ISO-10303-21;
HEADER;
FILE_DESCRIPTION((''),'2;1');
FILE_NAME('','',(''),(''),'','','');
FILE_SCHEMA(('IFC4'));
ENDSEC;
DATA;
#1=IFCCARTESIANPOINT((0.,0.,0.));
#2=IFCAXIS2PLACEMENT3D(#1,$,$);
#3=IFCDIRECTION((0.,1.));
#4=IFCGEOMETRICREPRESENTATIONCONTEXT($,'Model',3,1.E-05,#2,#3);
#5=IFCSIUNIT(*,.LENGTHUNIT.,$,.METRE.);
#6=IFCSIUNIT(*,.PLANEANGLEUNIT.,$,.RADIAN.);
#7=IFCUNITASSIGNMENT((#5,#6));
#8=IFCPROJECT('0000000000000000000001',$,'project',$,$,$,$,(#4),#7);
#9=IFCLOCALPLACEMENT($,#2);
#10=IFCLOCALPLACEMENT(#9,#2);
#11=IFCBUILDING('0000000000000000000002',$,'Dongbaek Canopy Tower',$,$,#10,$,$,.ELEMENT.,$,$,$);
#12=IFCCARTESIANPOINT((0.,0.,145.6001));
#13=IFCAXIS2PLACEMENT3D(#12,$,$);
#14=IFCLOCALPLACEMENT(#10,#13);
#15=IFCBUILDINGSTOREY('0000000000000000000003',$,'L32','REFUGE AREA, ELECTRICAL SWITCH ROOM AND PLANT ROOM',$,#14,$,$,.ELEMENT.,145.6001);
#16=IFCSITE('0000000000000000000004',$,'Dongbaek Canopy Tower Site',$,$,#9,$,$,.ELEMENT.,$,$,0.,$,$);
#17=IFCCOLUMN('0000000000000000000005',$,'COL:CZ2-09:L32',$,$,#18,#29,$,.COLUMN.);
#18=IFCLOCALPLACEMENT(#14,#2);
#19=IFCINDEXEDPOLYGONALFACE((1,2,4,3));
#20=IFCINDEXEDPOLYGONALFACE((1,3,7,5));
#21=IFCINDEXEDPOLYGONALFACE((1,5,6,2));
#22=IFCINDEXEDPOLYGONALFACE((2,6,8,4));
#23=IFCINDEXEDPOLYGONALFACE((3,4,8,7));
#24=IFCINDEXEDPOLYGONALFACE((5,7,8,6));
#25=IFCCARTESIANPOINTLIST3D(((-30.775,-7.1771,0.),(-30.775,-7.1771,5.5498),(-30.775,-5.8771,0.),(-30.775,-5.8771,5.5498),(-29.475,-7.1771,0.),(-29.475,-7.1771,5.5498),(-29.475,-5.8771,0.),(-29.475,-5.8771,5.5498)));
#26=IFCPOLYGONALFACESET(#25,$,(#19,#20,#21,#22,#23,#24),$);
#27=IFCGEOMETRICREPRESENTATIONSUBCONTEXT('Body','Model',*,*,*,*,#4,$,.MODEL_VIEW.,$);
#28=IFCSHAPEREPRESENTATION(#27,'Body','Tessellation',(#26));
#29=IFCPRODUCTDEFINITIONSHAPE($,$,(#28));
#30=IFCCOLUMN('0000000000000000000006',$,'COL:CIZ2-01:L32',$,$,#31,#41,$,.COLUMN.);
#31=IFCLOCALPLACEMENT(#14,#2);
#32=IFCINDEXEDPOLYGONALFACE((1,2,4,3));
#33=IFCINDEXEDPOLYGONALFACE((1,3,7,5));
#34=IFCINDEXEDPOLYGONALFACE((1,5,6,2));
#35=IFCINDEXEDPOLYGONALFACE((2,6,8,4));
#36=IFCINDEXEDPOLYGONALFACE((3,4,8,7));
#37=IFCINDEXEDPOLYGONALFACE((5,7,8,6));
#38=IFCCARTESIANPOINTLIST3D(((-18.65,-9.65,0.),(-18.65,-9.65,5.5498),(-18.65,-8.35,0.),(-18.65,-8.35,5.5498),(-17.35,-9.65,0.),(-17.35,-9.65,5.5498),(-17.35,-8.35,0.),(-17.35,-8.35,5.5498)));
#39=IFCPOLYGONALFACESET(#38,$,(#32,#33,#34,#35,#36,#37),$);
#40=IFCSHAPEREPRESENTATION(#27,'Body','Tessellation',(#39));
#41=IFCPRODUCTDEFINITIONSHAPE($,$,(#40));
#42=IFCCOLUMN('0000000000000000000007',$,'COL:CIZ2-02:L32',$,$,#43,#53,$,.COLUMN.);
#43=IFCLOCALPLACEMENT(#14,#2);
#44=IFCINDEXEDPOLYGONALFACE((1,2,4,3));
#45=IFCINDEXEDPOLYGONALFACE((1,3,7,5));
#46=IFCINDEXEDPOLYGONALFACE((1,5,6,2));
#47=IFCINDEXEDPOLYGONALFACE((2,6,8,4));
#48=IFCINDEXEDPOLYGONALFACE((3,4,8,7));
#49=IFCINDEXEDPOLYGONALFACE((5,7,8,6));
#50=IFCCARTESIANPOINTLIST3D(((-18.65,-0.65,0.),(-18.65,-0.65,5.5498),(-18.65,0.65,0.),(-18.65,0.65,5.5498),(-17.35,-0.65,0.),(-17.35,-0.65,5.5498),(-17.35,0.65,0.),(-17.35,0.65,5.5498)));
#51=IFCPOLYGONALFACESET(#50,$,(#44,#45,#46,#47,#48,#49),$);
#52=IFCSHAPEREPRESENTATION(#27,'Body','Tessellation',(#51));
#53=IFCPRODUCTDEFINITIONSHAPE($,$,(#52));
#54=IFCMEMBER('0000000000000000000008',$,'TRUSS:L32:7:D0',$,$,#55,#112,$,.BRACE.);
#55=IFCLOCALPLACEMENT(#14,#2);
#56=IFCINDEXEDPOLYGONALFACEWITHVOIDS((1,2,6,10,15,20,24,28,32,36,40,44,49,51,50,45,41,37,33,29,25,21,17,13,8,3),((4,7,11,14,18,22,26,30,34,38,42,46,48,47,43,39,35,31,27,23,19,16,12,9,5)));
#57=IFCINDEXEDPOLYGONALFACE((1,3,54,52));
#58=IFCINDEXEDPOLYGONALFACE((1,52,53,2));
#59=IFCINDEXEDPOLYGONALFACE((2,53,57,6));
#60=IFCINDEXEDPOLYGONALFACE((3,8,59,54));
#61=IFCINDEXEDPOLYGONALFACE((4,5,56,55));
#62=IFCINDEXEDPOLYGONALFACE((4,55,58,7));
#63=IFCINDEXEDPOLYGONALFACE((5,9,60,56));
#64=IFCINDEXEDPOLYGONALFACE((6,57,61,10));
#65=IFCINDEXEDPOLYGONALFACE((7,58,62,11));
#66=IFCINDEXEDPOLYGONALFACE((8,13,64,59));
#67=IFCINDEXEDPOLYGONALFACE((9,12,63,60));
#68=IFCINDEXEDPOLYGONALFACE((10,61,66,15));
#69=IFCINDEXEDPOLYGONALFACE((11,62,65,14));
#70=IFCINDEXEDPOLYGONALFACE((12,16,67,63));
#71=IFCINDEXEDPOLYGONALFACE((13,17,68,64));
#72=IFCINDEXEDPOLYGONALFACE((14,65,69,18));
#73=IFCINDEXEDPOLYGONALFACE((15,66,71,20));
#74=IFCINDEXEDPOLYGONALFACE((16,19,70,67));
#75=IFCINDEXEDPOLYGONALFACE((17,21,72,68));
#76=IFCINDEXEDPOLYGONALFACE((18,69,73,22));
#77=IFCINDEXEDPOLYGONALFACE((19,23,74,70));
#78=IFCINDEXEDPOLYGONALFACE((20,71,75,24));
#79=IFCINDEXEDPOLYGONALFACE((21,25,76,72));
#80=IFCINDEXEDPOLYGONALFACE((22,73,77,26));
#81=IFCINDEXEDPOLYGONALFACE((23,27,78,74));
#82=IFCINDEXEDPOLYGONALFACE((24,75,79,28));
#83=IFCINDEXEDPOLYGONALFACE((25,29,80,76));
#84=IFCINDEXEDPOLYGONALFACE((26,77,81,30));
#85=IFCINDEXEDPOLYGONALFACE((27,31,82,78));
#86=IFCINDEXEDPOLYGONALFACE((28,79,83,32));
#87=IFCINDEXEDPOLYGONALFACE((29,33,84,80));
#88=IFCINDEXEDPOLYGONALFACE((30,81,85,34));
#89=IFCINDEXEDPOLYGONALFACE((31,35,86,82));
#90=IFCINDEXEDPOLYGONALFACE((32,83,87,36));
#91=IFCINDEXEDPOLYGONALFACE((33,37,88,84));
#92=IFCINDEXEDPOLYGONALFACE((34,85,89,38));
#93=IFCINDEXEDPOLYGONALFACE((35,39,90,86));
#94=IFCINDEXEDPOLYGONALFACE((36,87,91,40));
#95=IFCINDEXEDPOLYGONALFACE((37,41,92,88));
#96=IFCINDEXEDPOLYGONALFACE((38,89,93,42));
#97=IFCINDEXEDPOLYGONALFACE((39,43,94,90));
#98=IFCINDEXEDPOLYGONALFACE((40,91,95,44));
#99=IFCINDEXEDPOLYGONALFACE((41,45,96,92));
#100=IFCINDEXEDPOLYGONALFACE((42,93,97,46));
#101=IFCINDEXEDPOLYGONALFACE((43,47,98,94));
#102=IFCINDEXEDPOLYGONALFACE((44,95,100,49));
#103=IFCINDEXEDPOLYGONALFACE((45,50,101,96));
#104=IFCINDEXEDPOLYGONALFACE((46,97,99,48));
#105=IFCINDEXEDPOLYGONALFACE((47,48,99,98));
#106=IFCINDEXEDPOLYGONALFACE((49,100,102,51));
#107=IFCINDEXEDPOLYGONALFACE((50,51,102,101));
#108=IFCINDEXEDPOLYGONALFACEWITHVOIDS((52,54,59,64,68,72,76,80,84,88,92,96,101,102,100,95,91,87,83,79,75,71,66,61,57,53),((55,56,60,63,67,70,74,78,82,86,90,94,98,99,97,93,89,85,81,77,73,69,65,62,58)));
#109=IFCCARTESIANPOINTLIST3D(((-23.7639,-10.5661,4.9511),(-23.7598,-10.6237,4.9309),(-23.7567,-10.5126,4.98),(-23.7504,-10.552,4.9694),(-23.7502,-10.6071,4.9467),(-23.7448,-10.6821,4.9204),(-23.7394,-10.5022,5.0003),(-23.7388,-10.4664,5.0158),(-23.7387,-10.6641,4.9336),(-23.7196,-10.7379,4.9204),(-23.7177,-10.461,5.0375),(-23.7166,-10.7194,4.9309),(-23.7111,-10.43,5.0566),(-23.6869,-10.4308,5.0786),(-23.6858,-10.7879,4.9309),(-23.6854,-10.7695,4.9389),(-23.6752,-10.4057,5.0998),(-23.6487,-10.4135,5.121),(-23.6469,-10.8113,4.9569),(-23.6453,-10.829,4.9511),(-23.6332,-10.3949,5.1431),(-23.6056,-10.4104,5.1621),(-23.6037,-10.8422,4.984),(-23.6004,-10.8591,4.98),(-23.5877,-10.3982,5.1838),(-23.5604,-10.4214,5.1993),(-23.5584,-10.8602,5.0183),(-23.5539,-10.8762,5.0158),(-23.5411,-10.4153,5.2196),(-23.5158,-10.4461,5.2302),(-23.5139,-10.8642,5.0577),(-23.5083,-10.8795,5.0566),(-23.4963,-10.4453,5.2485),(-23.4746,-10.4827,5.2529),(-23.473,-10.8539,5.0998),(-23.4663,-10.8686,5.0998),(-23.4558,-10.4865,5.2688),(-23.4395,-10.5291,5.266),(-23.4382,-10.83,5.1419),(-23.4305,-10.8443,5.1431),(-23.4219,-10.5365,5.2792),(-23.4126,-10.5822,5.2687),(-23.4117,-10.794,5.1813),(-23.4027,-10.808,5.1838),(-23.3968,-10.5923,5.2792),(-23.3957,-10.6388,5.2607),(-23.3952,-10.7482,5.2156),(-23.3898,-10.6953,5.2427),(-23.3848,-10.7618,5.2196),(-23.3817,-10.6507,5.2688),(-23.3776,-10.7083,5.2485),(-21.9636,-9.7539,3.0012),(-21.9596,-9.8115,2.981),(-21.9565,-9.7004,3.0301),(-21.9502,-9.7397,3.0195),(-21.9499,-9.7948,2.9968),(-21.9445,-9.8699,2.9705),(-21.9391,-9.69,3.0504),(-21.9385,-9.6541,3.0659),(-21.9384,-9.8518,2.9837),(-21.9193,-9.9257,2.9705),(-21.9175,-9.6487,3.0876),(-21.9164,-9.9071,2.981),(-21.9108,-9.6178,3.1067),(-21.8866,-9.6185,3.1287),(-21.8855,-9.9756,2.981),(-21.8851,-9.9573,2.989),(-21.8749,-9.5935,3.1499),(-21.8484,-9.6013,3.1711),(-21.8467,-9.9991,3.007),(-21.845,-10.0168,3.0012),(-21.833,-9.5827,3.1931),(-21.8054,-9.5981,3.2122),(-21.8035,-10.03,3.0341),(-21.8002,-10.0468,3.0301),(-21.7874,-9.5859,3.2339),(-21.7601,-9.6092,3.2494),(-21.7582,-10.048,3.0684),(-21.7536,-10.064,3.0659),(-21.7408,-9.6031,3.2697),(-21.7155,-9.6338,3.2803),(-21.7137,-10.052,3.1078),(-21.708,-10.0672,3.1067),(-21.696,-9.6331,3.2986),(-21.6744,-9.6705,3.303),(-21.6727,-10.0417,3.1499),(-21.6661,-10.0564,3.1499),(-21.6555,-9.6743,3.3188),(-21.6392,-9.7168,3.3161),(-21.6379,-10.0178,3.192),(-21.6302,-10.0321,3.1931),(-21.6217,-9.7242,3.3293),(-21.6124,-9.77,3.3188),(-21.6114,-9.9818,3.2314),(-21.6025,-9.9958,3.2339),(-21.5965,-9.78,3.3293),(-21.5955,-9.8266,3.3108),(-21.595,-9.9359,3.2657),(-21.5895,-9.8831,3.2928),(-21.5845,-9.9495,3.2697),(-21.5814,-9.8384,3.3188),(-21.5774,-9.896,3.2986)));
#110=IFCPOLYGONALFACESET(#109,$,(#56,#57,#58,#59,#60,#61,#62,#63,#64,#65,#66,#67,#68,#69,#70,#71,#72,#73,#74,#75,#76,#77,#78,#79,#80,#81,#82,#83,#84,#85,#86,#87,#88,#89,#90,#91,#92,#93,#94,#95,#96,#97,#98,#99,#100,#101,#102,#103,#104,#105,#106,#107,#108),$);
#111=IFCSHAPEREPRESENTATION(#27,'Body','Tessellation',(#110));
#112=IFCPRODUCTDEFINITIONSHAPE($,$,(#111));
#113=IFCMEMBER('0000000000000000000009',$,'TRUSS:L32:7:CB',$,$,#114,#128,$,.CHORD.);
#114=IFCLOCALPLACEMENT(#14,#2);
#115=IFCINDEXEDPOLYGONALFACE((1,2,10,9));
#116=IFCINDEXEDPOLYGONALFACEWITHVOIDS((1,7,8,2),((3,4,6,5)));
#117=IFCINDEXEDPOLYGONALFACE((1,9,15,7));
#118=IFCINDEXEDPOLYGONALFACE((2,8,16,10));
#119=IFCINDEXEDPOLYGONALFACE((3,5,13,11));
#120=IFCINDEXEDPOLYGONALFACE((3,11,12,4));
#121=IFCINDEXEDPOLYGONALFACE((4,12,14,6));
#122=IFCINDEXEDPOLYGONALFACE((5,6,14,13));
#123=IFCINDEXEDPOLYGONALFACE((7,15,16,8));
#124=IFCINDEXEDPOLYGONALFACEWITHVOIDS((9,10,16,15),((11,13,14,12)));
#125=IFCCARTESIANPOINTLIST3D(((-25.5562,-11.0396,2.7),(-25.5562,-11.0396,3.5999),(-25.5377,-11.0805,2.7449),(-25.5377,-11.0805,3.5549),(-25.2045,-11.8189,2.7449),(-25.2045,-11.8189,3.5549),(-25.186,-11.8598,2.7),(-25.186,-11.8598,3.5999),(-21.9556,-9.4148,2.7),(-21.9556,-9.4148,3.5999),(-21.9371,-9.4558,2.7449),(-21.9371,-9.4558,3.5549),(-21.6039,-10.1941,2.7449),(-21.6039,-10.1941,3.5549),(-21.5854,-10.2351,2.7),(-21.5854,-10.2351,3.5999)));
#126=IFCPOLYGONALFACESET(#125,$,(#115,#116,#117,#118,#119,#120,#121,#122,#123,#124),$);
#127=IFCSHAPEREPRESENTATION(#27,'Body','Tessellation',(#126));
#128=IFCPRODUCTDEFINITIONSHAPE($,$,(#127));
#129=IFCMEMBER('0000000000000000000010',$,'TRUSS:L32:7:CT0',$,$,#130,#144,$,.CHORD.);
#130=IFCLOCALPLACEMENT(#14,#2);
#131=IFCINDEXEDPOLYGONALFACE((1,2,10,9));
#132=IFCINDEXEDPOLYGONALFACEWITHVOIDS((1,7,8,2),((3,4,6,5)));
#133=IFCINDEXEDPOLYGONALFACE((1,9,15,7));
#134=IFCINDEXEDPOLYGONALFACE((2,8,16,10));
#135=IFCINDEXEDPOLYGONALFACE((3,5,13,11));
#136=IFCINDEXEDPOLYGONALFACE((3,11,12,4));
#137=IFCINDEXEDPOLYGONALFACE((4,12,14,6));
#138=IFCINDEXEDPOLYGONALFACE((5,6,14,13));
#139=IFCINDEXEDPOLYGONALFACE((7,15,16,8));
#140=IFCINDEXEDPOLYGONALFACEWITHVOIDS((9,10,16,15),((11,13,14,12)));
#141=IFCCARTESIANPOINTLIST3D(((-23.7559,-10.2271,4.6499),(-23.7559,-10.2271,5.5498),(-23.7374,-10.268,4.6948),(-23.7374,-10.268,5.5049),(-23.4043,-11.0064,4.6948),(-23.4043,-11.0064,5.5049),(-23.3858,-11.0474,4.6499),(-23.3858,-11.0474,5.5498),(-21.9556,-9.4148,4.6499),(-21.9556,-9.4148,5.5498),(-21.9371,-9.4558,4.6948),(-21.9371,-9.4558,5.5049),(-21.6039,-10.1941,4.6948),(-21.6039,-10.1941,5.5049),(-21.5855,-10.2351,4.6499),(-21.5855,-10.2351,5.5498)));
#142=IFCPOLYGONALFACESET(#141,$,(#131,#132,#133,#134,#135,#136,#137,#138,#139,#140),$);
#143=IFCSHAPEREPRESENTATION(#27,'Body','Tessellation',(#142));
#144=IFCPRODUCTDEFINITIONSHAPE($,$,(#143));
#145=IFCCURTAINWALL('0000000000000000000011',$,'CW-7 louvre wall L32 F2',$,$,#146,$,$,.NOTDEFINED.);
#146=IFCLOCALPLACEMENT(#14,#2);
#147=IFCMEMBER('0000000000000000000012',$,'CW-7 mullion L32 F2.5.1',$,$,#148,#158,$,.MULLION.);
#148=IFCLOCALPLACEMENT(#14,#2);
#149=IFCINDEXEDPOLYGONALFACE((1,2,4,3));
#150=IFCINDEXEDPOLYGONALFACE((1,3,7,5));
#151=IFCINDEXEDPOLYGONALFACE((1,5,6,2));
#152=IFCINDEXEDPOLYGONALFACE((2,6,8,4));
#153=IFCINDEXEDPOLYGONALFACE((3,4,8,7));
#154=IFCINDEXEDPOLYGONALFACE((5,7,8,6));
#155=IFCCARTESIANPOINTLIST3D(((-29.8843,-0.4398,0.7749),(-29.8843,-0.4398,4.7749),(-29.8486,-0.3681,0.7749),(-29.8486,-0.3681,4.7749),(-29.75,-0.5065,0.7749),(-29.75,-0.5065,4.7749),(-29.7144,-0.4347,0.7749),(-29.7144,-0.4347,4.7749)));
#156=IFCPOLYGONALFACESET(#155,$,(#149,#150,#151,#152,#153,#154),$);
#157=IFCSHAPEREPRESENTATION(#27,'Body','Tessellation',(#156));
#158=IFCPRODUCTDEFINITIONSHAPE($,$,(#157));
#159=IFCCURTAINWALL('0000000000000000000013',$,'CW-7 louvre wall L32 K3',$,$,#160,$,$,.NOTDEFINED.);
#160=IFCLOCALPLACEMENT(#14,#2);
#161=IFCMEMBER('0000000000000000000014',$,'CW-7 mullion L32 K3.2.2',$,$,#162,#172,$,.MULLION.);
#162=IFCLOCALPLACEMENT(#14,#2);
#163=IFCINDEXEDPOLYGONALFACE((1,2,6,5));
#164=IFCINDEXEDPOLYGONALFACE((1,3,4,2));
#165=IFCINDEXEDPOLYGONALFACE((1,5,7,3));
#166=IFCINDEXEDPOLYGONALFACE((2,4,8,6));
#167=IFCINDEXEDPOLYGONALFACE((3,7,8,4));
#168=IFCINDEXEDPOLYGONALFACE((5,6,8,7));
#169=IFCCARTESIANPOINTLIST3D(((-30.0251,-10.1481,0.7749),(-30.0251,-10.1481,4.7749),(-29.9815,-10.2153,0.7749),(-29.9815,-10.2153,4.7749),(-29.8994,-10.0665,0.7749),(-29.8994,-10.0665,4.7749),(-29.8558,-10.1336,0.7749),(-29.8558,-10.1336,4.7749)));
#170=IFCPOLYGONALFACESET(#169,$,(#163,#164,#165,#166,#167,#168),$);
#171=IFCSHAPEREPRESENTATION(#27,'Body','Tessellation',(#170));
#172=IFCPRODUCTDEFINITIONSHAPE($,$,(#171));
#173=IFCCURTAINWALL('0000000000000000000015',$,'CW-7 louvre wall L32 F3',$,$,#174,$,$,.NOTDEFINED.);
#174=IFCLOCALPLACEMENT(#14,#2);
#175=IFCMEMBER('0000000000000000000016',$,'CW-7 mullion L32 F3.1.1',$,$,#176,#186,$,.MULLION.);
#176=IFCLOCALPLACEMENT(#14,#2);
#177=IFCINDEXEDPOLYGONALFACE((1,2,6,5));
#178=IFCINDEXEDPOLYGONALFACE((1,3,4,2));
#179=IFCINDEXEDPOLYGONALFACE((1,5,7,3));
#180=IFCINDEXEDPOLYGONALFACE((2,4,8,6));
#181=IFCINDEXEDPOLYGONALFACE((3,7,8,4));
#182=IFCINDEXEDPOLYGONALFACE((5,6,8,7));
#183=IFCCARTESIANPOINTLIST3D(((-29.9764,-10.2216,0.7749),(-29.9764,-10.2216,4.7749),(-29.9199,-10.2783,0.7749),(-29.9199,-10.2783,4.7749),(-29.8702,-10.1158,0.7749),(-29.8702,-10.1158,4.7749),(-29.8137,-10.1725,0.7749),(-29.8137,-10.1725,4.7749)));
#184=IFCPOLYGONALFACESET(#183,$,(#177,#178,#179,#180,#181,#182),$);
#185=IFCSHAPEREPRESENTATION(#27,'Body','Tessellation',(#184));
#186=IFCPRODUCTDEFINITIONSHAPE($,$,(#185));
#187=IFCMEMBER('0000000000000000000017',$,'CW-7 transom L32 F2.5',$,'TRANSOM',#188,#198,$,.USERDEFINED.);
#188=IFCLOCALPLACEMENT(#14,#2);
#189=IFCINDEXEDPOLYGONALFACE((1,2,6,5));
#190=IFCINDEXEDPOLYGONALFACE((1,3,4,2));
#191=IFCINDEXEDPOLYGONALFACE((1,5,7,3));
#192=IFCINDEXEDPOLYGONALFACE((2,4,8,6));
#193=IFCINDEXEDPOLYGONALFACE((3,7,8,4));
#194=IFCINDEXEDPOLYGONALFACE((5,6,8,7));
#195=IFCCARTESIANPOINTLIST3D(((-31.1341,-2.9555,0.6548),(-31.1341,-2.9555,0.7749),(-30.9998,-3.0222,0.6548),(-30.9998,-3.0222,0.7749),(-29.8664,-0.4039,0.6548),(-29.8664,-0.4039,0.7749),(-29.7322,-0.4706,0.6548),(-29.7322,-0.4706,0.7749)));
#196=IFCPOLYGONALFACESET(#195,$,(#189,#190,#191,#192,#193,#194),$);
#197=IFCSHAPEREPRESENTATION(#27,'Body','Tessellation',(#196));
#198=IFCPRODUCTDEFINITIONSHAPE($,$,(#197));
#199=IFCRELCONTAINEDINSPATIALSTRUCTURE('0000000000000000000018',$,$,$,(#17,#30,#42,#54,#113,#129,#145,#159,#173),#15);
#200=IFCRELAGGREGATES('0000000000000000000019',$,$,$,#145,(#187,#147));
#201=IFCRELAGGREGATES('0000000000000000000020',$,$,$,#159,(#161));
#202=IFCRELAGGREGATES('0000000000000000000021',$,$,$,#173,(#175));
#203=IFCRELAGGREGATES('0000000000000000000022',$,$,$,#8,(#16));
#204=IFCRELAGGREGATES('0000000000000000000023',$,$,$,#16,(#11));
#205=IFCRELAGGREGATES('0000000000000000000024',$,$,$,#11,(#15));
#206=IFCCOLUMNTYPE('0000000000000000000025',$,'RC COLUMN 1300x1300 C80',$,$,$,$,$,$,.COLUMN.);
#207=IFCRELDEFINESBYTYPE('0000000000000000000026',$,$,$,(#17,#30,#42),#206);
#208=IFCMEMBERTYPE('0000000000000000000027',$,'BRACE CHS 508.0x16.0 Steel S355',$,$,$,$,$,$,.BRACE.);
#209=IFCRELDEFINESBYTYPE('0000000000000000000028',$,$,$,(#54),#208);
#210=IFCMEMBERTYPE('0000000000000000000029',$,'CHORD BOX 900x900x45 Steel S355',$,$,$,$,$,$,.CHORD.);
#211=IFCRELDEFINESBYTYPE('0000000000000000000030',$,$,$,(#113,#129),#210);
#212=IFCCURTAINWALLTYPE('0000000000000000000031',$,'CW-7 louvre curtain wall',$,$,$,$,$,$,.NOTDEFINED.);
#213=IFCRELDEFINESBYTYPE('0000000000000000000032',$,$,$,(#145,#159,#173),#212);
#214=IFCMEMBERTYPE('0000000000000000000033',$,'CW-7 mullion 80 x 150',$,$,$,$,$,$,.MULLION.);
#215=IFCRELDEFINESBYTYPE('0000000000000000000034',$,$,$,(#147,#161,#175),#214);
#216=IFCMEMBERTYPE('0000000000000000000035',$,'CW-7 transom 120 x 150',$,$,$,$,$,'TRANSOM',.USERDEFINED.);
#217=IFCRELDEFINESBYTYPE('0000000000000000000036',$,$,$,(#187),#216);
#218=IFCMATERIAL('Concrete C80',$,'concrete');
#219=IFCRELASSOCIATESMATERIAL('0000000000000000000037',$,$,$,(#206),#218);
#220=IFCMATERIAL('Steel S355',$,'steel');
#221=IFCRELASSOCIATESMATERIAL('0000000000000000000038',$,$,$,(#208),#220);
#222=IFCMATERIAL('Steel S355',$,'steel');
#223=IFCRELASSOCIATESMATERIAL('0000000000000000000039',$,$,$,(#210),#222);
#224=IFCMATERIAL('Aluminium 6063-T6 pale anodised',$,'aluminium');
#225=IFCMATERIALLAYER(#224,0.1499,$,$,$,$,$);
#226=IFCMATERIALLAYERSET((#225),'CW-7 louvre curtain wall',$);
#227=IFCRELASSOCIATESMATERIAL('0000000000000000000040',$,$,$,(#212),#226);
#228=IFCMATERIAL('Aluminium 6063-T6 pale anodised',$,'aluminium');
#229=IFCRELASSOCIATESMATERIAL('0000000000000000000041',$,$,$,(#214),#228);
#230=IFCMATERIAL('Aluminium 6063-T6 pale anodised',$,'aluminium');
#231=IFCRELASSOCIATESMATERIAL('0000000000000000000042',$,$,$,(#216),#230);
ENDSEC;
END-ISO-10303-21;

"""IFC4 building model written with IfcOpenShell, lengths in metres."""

from ifc_helpers import new_model, si_unit, direction, frame, origin, origin_2d, place, context, subcontext, project, spatial, rectangle, hollow_rectangle, hollow_circle, extrude, material, layer, layer_set, material_profile, profile_set, type_object, element, aggregate, save


model = new_model("IFC4")

# Units and contexts
model_context = context("Model", 3, precision=1e-05, world=origin(), true_north=direction((0.0, 1.0)))
body_context = subcontext(model_context, "Body", "Model", "MODEL_VIEW")
ifc_project = project(units=[si_unit("LENGTHUNIT", "METRE"), si_unit("PLANEANGLEUNIT", "RADIAN")], contexts=[model_context])

# Site, building, storey
site_placement = place(None, origin())
site = spatial("IfcSite", under=ifc_project, at=site_placement, Name="Dongbaek Canopy Tower Site", CompositionType="ELEMENT", RefElevation=0.0)
building_placement = place(site_placement, origin())
building = spatial("IfcBuilding", under=site, at=building_placement, Name="Dongbaek Canopy Tower", CompositionType="ELEMENT")
storey_placement = place(building_placement, frame((0.0, 0.0, 145.6001)))
storey = spatial("IfcBuildingStorey", under=building, at=storey_placement, Name="L32", Description="REFUGE AREA, ELECTRICAL SWITCH ROOM AND PLANT ROOM", CompositionType="ELEMENT", Elevation=145.6001)

# Columns
ifc_material_1 = material(Name="Concrete C80", Category="concrete")
ifc_material_profile_1 = material_profile(ifc_material_1, rectangle(XDim=1.3, YDim=1.3, at=origin_2d()), Name="RC COLUMN 1300x1300 C80")
ifc_profile_set_1 = profile_set([ifc_material_profile_1], Name="Concrete C80")
column_type = type_object("IfcColumnType", Name="RC COLUMN 1300x1300 C80", PredefinedType="COLUMN", material=ifc_profile_set_1)
for number, where, z_axis, x_axis, name in (
    (1, (-30.125, -6.5271, 0.0), (0.0, 0.0, 1.0), (1.0, 0.0, 0.0), "COL:CZ2-09:L32"),
    (2, (-18.0, -9.0, 0.0), (0.0, 0.0, 1.0), (1.0, 0.0, 0.0), "COL:CIZ2-01:L32"),
    (3, (-18.0, 0.0, 0.0), (0.0, 0.0, 1.0), (1.0, 0.0, 0.0), "COL:CIZ2-02:L32"),
):
    element("IfcColumn", number, at=place(storey_placement, frame(where, z_axis=z_axis, x_axis=x_axis)), inside=storey, type_object=column_type, Name=name, PredefinedType="COLUMN", context=body_context, shape_type="SweptSolid", body=[
        extrude(rectangle(XDim=1.3, YDim=1.3, at=origin_2d()), origin(), (0.0, 0.0, 1.0), 5.5498),
    ])

# Members
ifc_material_2 = material(Name="Steel S355", Category="steel")
ifc_material_profile_2 = material_profile(ifc_material_2, hollow_circle(Radius=0.2539, WallThickness=0.0161, at=origin_2d()), Name="BRACE CHS 508.0x16.0 Steel S355")
ifc_profile_set_2 = profile_set([ifc_material_profile_2], Name="Steel S355")
member_type_1 = type_object("IfcMemberType", Name="BRACE CHS 508.0x16.0 Steel S355", PredefinedType="BRACE", material=ifc_profile_set_2)
member_1_placement = place(storey_placement, frame((-21.7705, -9.825, 3.1499), z_axis=(-0.648649, -0.292657, 0.702571), x_axis=(0.411259, -0.911519, 0.0)))
element("IfcMember", 4, at=member_1_placement, inside=storey, type_object=member_type_1, Name="TRUSS:L32:7:D0", PredefinedType="BRACE", context=body_context, shape_type="SweptSolid", body=[
    extrude(hollow_circle(Radius=0.2539, WallThickness=0.0161, at=origin_2d()), origin(), (0.0, 0.0, 1.0), 2.7754),
])
ifc_material_3 = material(Name="Steel S355", Category="steel")
ifc_material_profile_3 = material_profile(ifc_material_3, hollow_rectangle(XDim=0.8999, YDim=0.8999, WallThickness=0.0449, at=origin_2d()), Name="CHORD BOX 900x900x45 Steel S355")
ifc_profile_set_3 = profile_set([ifc_material_profile_3], Name="Steel S355")
member_type_2 = type_object("IfcMemberType", Name="CHORD BOX 900x900x45 Steel S355", PredefinedType="CHORD", material=ifc_profile_set_3)
member_2_placement = place(storey_placement, frame((-21.7705, -9.825, 3.1499), z_axis=(-0.911495, -0.41131, 0.0), x_axis=(0.41131, -0.911495, 0.0)))
element("IfcMember", 5, at=member_2_placement, inside=storey, type_object=member_type_2, Name="TRUSS:L32:7:CB", PredefinedType="CHORD", context=body_context, shape_type="SweptSolid", body=[
    extrude(hollow_rectangle(XDim=0.8999, YDim=0.8999, WallThickness=0.0449, at=origin_2d()), origin(), (0.0, 0.0, 1.0), 3.9502),
])
member_3_placement = place(storey_placement, frame((-21.7705, -9.825, 5.0999), z_axis=(-0.911519, -0.411259, 0.0), x_axis=(0.411259, -0.911519, 0.0)))
element("IfcMember", 6, at=member_3_placement, inside=storey, type_object=member_type_2, Name="TRUSS:L32:7:CT0", PredefinedType="CHORD", context=body_context, shape_type="SweptSolid", body=[
    extrude(hollow_rectangle(XDim=0.8999, YDim=0.8999, WallThickness=0.0449, at=origin_2d()), origin(), (0.0, 0.0, 1.0), 1.9751),
])

# Curtain walls, members
ifc_material_4 = material(Name="Aluminium 6063-T6 pale anodised", Category="aluminium")
ifc_layer_1 = layer(ifc_material_4, 0.1499)
ifc_layer_set_1 = layer_set([ifc_layer_1], Name="CW-7 louvre curtain wall")
curtain_wall_type = type_object("IfcCurtainWallType", Name="CW-7 louvre curtain wall", PredefinedType="NOTDEFINED", material=ifc_layer_set_1)
curtain_wall_1_placement = place(storey_placement, origin())
curtain_wall_1 = element("IfcCurtainWall", 7, at=curtain_wall_1_placement, inside=storey, type_object=curtain_wall_type, Name="CW-7 louvre wall L32 F2", PredefinedType="NOTDEFINED")
ifc_material_5 = material(Name="Aluminium 6063-T6 pale anodised", Category="aluminium")
ifc_material_profile_4 = material_profile(ifc_material_5, rectangle(XDim=0.1499, YDim=0.0801, at=origin_2d()), Name="CW-7 mullion 80 x 150")
ifc_profile_set_4 = profile_set([ifc_material_profile_4], Name="Aluminium 6063-T6 pale anodised")
member_type_3 = type_object("IfcMemberType", Name="CW-7 mullion 80 x 150", PredefinedType="MULLION", material=ifc_profile_set_4)
member_4_placement = place(storey_placement, frame((-29.7993, -0.4373, 0.7749), z_axis=(0.0, 0.0, 1.0), x_axis=(-0.895566, 0.444929, 0.0)))
member_4 = element("IfcMember", 8, at=member_4_placement, type_object=member_type_3, Name="CW-7 mullion L32 F2.5.1", PredefinedType="MULLION", context=body_context, shape_type="SweptSolid", body=[
    extrude(rectangle(XDim=0.1499, YDim=0.0801, at=origin_2d()), origin(), (0.0, 0.0, 1.0), 4.0),
])
curtain_wall_2_placement = place(storey_placement, origin())
curtain_wall_2 = element("IfcCurtainWall", 9, at=curtain_wall_2_placement, inside=storey, type_object=curtain_wall_type, Name="CW-7 louvre wall L32 K3", PredefinedType="NOTDEFINED")
member_5_placement = place(storey_placement, frame((-29.9404, -10.1409, 0.7749), z_axis=(0.0, 0.0, 1.0), x_axis=(-0.838632, -0.544699, 0.0)))
member_5 = element("IfcMember", 10, at=member_5_placement, type_object=member_type_3, Name="CW-7 mullion L32 K3.2.2", PredefinedType="MULLION", context=body_context, shape_type="SweptSolid", body=[
    extrude(rectangle(XDim=0.1499, YDim=0.0801, at=origin_2d()), origin(), (0.0, 0.0, 1.0), 4.0),
])
curtain_wall_3_placement = place(storey_placement, origin())
curtain_wall_3 = element("IfcCurtainWall", 11, at=curtain_wall_3_placement, inside=storey, type_object=curtain_wall_type, Name="CW-7 louvre wall L32 F3", PredefinedType="NOTDEFINED")
member_6_placement = place(storey_placement, frame((-29.895, -10.197, 0.7749), z_axis=(0.0, 0.0, 1.0), x_axis=(-0.708479, -0.705732, 0.0)))
member_6 = element("IfcMember", 12, at=member_6_placement, type_object=member_type_3, Name="CW-7 mullion L32 F3.1.1", PredefinedType="MULLION", context=body_context, shape_type="SweptSolid", body=[
    extrude(rectangle(XDim=0.1499, YDim=0.0801, at=origin_2d()), origin(), (0.0, 0.0, 1.0), 4.0),
])

# Member
ifc_material_6 = material(Name="Aluminium 6063-T6 pale anodised", Category="aluminium")
ifc_material_profile_5 = material_profile(ifc_material_6, rectangle(XDim=0.1499, YDim=0.1201, at=origin_2d()), Name="CW-7 transom 120 x 150")
ifc_profile_set_5 = profile_set([ifc_material_profile_5], Name="Aluminium 6063-T6 pale anodised")
member_type_4 = type_object("IfcMemberType", Name="CW-7 transom 120 x 150", ElementType="TRANSOM", PredefinedType="USERDEFINED", material=ifc_profile_set_5)
member_7_placement = place(storey_placement, frame((-29.7993, -0.4373, 0.7148), z_axis=(-0.444916, -0.895573, 0.0), x_axis=(0.895573, -0.444916, 0.0)))
member_7 = element("IfcMember", 13, at=member_7_placement, type_object=member_type_4, Name="CW-7 transom L32 F2.5", ObjectType="TRANSOM", PredefinedType="USERDEFINED", context=body_context, shape_type="SweptSolid", body=[
    extrude(rectangle(XDim=0.1499, YDim=0.1201, at=origin_2d()), origin(), (0.0, 0.0, 1.0), 2.8491),
])

aggregate(curtain_wall_1, [member_7, member_4])
aggregate(curtain_wall_2, [member_5])
aggregate(curtain_wall_3, [member_6])

save(model, "model.ifc")
